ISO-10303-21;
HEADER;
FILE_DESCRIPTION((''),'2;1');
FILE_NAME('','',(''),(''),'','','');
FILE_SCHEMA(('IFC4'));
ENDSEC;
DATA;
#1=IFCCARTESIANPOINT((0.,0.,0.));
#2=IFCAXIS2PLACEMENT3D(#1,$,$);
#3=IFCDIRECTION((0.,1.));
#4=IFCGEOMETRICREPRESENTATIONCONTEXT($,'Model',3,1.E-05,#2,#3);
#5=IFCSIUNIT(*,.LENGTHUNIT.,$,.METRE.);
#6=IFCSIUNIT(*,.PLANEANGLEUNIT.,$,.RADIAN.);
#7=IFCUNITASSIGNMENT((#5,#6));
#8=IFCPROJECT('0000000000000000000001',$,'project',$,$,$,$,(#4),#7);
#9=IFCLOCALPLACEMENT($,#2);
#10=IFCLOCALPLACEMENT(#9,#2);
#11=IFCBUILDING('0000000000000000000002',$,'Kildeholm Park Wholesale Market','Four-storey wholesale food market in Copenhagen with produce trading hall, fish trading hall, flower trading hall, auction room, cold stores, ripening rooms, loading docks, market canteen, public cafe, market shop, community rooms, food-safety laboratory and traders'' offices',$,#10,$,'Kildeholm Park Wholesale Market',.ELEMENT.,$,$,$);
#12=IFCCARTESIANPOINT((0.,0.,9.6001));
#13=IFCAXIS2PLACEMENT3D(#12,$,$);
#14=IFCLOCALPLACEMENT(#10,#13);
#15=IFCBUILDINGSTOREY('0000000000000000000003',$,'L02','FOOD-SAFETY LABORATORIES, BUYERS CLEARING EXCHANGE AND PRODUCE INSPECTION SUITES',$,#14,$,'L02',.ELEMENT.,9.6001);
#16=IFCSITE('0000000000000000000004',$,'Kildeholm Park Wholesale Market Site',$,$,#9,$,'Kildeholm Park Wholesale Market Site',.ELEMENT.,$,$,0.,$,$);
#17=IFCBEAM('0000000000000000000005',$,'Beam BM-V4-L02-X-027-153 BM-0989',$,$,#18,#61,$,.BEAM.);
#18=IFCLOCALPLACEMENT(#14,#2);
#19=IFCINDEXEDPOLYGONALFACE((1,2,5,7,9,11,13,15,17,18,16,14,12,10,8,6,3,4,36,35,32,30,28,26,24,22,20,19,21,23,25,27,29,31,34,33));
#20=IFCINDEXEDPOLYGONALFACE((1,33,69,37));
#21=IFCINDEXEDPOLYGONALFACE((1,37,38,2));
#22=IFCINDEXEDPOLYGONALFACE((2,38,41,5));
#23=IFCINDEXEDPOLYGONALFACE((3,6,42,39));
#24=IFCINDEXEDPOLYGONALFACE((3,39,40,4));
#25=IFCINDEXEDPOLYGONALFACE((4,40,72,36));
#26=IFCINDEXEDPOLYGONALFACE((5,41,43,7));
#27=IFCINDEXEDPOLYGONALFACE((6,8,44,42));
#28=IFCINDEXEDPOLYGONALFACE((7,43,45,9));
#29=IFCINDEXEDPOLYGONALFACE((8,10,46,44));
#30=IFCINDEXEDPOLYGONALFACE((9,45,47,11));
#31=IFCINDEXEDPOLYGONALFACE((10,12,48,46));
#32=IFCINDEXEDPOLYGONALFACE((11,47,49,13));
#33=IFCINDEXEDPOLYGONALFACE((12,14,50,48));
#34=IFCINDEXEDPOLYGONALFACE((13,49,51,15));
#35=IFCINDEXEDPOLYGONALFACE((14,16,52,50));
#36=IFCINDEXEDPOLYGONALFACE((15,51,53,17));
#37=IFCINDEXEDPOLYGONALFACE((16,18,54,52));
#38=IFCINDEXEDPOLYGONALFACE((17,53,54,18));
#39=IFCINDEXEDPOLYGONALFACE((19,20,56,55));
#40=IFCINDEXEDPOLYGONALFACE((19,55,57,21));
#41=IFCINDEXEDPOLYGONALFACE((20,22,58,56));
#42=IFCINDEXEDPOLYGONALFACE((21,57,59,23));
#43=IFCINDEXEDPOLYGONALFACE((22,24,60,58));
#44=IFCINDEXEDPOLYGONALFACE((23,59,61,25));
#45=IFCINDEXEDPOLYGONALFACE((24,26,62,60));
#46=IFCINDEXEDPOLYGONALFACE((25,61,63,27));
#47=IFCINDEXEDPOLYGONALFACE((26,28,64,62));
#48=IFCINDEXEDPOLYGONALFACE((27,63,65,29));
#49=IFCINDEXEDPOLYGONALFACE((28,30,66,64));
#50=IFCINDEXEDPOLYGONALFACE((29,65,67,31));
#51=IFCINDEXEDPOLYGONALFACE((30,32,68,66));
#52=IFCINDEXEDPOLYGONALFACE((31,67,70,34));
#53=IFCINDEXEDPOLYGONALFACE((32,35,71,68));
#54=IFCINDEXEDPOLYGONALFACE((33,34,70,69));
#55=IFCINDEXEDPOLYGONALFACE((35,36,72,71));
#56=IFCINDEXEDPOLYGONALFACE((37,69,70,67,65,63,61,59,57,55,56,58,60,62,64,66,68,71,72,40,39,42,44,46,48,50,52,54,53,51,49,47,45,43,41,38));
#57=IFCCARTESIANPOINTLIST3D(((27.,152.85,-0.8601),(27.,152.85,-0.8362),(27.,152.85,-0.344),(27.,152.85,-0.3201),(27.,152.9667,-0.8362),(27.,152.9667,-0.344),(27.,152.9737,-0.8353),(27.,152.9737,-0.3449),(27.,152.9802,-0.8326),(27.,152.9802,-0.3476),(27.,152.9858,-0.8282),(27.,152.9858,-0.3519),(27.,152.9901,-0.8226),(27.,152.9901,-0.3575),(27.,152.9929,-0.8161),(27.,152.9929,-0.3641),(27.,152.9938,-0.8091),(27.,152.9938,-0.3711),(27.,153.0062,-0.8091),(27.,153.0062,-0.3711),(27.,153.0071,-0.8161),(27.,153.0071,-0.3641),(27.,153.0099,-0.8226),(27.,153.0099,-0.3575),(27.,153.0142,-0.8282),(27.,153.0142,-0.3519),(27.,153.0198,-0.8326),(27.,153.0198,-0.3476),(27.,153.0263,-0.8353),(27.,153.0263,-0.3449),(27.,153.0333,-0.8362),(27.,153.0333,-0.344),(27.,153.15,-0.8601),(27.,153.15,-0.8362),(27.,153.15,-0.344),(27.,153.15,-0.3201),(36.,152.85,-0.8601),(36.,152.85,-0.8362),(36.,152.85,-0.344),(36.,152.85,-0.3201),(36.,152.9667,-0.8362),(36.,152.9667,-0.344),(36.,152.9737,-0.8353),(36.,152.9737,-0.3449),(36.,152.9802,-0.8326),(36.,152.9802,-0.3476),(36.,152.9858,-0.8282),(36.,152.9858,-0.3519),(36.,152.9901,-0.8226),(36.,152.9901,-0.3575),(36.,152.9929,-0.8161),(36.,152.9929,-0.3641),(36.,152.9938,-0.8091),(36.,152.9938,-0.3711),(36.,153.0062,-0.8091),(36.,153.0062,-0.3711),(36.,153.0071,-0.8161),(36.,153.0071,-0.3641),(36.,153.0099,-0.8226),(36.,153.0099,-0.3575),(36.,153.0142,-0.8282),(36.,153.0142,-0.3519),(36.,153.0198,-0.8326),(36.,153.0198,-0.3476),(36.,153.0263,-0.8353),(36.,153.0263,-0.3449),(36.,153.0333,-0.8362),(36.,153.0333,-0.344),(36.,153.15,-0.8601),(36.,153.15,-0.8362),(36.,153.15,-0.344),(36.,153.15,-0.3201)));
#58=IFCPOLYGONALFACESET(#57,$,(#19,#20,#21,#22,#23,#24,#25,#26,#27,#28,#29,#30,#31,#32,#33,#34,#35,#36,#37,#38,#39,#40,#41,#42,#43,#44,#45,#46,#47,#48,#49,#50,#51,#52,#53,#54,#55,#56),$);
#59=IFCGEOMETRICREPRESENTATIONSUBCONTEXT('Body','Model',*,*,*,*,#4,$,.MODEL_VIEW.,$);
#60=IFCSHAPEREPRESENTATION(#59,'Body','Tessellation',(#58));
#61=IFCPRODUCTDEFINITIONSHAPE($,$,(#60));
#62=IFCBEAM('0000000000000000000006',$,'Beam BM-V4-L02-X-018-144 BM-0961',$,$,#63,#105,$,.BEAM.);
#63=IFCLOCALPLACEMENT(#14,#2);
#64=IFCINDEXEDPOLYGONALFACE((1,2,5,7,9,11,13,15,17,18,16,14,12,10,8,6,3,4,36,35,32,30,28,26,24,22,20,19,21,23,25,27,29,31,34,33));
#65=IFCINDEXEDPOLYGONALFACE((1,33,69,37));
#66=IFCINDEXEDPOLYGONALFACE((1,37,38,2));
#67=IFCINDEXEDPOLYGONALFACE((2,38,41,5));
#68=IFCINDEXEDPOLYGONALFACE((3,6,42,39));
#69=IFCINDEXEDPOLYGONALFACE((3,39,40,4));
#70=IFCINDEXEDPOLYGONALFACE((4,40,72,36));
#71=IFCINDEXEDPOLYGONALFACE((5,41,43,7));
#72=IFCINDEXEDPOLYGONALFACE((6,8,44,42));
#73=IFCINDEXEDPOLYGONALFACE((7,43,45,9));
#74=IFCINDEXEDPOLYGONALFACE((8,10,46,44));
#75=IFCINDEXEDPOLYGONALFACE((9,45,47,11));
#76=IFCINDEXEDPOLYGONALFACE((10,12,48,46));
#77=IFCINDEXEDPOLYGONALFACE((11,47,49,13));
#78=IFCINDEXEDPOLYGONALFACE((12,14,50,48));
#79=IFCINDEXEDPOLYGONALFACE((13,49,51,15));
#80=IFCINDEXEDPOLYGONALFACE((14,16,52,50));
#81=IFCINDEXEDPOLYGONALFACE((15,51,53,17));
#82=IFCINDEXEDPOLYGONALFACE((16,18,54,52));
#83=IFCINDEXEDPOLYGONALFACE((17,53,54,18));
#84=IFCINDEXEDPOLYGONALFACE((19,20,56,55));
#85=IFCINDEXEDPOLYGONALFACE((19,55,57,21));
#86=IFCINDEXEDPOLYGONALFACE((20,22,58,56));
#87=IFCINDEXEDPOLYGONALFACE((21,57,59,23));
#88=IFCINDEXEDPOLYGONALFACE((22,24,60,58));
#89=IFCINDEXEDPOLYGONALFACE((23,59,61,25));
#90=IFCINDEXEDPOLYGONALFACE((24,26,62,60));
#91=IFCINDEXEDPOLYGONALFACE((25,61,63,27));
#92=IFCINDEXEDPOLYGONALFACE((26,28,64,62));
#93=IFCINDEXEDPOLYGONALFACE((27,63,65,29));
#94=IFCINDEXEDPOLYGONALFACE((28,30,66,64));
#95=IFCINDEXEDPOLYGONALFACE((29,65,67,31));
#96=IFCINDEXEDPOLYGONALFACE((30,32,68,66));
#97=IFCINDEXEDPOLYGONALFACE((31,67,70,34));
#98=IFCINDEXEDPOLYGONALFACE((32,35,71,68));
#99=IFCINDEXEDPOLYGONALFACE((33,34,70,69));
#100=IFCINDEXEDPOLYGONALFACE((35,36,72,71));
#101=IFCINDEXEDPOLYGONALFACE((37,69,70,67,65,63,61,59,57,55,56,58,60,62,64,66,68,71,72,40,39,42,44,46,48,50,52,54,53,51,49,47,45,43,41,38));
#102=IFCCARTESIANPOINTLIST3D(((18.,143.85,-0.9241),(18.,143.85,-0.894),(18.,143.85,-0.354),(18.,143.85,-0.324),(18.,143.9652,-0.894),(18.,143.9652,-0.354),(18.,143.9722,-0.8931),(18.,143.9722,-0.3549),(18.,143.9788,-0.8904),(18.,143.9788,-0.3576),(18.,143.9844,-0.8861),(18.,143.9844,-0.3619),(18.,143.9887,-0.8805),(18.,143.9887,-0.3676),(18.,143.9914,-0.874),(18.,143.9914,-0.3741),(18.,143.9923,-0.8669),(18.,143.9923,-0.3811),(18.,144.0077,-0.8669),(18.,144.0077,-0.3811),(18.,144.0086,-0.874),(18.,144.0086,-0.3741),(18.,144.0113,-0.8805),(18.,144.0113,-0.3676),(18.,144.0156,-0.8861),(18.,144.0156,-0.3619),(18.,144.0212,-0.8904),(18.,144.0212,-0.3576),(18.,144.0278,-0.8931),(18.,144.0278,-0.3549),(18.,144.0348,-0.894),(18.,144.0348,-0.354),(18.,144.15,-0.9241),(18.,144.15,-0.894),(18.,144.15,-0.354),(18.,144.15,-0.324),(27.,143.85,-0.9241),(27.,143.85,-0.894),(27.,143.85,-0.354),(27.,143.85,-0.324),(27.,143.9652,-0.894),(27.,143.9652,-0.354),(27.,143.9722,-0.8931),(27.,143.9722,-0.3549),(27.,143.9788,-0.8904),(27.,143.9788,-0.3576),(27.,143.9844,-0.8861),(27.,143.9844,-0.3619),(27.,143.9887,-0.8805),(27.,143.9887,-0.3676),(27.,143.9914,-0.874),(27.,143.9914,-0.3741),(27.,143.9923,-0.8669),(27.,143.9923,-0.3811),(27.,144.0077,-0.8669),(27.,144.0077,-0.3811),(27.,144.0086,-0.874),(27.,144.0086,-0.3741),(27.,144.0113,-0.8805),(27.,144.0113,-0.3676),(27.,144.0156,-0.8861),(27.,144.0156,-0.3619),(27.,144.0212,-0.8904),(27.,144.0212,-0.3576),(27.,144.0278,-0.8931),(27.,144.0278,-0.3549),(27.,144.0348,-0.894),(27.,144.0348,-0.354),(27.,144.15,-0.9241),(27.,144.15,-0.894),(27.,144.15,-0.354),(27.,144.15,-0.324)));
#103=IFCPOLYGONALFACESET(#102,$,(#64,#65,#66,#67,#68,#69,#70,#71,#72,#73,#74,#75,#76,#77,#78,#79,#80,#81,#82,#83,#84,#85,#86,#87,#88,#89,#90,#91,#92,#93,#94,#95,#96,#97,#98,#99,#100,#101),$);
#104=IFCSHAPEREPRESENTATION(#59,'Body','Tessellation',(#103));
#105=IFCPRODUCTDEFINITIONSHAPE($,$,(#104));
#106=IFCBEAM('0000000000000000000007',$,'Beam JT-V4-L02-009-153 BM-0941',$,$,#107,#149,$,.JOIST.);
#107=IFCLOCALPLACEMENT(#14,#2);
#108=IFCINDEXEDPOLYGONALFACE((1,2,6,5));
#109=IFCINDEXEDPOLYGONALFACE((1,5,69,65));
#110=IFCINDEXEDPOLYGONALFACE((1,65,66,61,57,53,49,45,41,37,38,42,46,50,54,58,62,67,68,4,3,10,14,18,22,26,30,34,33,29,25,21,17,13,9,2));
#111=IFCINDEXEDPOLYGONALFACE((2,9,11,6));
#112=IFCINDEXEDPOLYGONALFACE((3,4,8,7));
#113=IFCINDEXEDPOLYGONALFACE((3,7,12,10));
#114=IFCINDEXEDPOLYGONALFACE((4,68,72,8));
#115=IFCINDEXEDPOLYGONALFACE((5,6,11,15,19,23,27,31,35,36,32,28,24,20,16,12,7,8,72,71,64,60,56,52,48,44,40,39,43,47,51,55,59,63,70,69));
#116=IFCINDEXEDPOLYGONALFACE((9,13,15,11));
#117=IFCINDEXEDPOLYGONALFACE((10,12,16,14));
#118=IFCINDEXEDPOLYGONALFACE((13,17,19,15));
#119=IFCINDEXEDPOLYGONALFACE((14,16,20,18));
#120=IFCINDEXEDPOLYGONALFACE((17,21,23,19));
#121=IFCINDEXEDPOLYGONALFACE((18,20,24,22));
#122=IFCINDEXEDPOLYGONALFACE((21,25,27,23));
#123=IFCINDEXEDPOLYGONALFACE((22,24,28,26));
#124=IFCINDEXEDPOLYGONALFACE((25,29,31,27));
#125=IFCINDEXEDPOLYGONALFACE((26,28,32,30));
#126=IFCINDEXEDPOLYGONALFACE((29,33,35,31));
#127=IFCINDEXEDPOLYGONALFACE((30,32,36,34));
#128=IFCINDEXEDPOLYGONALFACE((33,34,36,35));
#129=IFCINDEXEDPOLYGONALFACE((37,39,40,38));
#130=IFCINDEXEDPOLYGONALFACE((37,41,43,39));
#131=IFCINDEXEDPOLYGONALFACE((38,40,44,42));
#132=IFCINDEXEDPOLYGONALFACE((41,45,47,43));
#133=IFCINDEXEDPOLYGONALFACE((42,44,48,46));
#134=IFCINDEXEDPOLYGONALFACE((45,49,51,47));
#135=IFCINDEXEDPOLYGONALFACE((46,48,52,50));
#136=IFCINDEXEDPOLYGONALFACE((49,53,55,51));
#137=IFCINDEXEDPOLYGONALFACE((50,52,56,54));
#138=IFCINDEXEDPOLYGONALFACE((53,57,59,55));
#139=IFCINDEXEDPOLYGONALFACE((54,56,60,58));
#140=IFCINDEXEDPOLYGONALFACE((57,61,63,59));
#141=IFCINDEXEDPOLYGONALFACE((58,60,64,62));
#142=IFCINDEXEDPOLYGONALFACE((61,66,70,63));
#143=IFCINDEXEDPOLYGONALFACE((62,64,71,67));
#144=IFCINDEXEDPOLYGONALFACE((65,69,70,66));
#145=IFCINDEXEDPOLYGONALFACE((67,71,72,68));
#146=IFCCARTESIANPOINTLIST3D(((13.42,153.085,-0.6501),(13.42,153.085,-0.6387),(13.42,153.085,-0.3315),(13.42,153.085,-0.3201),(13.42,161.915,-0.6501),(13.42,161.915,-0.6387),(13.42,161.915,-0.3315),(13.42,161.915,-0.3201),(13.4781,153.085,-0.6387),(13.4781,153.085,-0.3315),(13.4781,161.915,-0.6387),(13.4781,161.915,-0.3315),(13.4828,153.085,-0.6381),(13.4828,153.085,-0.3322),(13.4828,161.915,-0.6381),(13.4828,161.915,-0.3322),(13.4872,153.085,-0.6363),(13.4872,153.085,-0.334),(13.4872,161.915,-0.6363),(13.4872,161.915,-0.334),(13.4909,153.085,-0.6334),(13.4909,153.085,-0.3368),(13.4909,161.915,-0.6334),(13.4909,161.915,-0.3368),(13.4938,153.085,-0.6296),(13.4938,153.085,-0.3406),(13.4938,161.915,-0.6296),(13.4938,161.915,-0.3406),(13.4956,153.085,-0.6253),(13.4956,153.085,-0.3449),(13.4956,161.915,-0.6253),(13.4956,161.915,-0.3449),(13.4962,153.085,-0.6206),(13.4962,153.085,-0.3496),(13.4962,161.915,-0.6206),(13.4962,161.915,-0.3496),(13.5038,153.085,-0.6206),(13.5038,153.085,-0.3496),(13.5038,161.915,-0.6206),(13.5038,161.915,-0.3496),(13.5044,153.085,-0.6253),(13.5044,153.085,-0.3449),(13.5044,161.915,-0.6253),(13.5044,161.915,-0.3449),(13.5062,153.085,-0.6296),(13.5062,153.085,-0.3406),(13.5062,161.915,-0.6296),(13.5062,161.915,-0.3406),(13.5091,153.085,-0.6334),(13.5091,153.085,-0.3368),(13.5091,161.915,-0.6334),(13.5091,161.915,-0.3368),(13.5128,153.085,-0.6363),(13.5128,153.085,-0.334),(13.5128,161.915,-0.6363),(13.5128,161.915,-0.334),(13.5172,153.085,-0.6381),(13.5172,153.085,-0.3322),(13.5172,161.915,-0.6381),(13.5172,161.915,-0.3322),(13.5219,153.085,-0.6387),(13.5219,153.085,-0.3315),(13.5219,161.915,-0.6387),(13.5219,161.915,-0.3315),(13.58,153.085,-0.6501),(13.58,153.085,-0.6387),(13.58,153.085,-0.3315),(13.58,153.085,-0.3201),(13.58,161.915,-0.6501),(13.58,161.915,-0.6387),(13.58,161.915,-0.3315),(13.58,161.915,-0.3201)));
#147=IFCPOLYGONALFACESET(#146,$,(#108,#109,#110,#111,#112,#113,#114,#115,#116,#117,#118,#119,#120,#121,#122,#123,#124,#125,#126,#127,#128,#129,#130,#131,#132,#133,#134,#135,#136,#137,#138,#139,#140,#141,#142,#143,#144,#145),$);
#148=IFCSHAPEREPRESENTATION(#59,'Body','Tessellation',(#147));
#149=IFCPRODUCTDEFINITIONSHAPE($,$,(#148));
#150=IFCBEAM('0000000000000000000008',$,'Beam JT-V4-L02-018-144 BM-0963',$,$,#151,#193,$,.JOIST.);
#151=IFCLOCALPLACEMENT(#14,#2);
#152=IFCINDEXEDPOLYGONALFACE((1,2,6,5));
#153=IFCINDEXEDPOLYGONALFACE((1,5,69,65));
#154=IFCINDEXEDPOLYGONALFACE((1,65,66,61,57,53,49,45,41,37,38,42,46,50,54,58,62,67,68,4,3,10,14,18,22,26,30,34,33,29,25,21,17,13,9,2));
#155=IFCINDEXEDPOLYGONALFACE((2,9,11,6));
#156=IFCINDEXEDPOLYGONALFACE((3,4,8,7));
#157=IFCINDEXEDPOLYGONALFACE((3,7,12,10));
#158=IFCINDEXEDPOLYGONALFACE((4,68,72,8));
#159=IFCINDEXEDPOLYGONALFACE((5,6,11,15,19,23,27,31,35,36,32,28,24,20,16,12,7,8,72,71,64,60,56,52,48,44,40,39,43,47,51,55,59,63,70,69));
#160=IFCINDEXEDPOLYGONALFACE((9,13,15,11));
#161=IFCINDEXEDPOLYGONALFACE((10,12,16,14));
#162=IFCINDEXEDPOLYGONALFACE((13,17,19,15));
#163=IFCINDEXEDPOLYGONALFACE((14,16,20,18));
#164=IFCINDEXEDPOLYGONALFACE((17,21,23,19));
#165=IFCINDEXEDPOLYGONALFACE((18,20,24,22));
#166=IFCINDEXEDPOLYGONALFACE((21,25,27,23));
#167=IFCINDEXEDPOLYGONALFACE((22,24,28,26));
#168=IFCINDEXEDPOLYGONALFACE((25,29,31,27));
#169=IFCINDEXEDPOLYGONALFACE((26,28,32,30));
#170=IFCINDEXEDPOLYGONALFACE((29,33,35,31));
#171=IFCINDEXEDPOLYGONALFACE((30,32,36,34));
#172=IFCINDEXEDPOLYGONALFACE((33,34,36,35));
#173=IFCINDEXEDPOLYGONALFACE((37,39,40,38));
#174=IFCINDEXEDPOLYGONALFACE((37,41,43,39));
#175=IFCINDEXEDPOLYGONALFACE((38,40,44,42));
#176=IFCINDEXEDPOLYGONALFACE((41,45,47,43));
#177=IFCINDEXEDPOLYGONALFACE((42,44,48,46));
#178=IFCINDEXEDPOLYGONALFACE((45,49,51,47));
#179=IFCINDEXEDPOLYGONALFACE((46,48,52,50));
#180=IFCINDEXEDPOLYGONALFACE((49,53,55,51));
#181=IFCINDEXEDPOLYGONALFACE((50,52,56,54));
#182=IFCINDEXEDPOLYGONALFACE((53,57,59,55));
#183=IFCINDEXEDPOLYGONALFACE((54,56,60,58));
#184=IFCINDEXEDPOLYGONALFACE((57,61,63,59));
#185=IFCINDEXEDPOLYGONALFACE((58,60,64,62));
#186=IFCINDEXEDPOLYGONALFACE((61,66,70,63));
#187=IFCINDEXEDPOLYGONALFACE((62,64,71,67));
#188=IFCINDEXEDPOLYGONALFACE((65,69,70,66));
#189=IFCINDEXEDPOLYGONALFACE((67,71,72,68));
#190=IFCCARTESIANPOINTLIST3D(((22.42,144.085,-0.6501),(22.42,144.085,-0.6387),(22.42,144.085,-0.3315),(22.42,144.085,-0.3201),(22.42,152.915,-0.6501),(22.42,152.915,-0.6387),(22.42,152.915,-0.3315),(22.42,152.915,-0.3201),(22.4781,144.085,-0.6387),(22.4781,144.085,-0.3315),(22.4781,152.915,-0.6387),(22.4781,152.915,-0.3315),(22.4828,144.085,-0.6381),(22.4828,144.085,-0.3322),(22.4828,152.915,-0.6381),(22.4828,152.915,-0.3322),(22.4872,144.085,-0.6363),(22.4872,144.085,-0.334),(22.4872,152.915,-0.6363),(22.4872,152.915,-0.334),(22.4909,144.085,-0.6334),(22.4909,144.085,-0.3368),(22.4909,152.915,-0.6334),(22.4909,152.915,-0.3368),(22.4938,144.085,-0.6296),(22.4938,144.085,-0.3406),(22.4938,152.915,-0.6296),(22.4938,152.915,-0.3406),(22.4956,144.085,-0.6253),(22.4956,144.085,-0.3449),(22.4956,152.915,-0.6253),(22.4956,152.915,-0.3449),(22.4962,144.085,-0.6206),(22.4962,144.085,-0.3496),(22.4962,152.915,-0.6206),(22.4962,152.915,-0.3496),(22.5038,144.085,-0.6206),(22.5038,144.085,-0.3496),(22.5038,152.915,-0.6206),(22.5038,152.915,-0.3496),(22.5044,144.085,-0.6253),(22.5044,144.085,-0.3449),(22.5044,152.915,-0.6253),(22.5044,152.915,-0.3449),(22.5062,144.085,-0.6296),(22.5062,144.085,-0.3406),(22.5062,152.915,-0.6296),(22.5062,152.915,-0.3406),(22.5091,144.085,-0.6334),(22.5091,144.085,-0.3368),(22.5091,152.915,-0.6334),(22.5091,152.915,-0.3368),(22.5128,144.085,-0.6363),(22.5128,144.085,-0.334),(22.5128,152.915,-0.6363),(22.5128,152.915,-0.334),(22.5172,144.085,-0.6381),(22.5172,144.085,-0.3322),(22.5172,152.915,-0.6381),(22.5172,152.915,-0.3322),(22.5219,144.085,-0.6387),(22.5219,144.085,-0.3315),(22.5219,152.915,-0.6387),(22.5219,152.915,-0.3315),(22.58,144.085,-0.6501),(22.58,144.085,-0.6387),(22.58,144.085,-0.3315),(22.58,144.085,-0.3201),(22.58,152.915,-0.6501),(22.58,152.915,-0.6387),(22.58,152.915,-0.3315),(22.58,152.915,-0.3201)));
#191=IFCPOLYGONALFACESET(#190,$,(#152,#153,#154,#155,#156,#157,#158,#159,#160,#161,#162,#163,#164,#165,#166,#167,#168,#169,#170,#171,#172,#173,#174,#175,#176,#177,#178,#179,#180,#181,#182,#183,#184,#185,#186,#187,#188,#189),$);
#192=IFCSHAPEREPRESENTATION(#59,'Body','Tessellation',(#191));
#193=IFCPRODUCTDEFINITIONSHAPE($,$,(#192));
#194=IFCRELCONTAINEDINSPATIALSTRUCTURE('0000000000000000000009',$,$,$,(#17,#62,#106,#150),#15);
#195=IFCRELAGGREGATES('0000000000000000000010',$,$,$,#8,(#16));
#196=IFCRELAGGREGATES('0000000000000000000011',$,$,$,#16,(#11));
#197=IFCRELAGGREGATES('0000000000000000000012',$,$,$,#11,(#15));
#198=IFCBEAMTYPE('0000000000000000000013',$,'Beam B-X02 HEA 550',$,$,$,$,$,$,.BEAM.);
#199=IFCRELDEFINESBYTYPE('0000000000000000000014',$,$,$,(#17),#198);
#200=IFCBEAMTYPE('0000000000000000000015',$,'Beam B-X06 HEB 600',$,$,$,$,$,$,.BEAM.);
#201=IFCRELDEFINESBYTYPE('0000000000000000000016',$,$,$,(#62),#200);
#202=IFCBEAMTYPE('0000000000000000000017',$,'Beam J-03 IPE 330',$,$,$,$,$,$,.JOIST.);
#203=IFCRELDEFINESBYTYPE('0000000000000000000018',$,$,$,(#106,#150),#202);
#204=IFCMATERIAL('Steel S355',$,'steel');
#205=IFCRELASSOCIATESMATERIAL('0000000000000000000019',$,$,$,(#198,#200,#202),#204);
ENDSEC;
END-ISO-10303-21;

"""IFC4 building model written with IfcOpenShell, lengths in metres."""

from ifc_helpers import new_model, si_unit, direction, frame, origin, origin_2d, place, context, subcontext, project, spatial, i_section, extrude, material, material_profile, profile_set, type_object, element, save


model = new_model("IFC4")

# Units and contexts
model_context = context("Model", 3, precision=1e-05, world=origin(), true_north=direction((0.0, 1.0)))
body_context = subcontext(model_context, "Body", "Model", "MODEL_VIEW")
ifc_project = project(units=[si_unit("LENGTHUNIT", "METRE"), si_unit("PLANEANGLEUNIT", "RADIAN")], contexts=[model_context])

# Site, building, storey
site_placement = place(None, origin())
site = spatial("IfcSite", under=ifc_project, at=site_placement, Name="Kildeholm Park Wholesale Market Site", LongName="Kildeholm Park Wholesale Market Site", CompositionType="ELEMENT", RefElevation=0.0)
building_placement = place(site_placement, origin())
building = spatial("IfcBuilding", under=site, at=building_placement, Name="Kildeholm Park Wholesale Market", Description="Four-storey wholesale food market in Copenhagen with produce trading hall, fish trading hall, flower trading hall, auction room, cold stores, ripening rooms, loading docks, market canteen, public cafe, market shop, community rooms, food-safety laboratory and traders' offices", LongName="Kildeholm Park Wholesale Market", CompositionType="ELEMENT")
storey_placement = place(building_placement, frame((0.0, 0.0, 9.6001)))
storey = spatial("IfcBuildingStorey", under=building, at=storey_placement, Name="L02", Description="FOOD-SAFETY LABORATORIES, BUYERS CLEARING EXCHANGE AND PRODUCE INSPECTION SUITES", LongName="L02", CompositionType="ELEMENT", Elevation=9.6001)

# Beams
ifc_material_1 = material(Name="Steel S355", Category="steel")
ifc_material_profile_1 = material_profile(ifc_material_1, i_section(OverallWidth=0.3, OverallDepth=0.54, WebThickness=0.0125, FlangeThickness=0.0239, FilletRadius=0.0271, at=origin_2d()), Name="HEA 550")
ifc_profile_set_1 = profile_set([ifc_material_profile_1], Name="Steel S355")
beam_type_1 = type_object("IfcBeamType", Name="Beam B-X02 HEA 550", PredefinedType="BEAM", material=ifc_profile_set_1)
for number, where, z_axis, x_axis, name in (
    (1, (27.0, 153.0, -0.5901), (1.0, 0.0, 0.0), (0.0, 1.0, 0.0), "Beam BM-V4-L02-X-027-153 BM-0989"),
):
    element("IfcBeam", number, at=place(storey_placement, frame(where, z_axis=z_axis, x_axis=x_axis)), inside=storey, type_object=beam_type_1, Name=name, PredefinedType="BEAM", context=body_context, shape_type="SweptSolid", body=[
        extrude(i_section(OverallWidth=0.3, OverallDepth=0.54, WebThickness=0.0125, FlangeThickness=0.0239, FilletRadius=0.0271, at=origin_2d()), origin(), (0.0, 0.0, 1.0), 9.0),
    ])
ifc_material_profile_2 = material_profile(ifc_material_1, i_section(OverallWidth=0.3, OverallDepth=0.6001, WebThickness=0.0154, FlangeThickness=0.03, FilletRadius=0.0271, at=origin_2d()), Name="HEB 600")
ifc_profile_set_2 = profile_set([ifc_material_profile_2], Name="Steel S355")
beam_type_2 = type_object("IfcBeamType", Name="Beam B-X06 HEB 600", PredefinedType="BEAM", material=ifc_profile_set_2)
beam_1_placement = place(storey_placement, frame((18.0, 144.0, -0.624), z_axis=(1.0, 0.0, 0.0), x_axis=(0.0, 1.0, 0.0)))
element("IfcBeam", 2, at=beam_1_placement, inside=storey, type_object=beam_type_2, Name="Beam BM-V4-L02-X-018-144 BM-0961", PredefinedType="BEAM", context=body_context, shape_type="SweptSolid", body=[
    extrude(i_section(OverallWidth=0.3, OverallDepth=0.6001, WebThickness=0.0154, FlangeThickness=0.03, FilletRadius=0.0271, at=origin_2d()), origin(), (0.0, 0.0, 1.0), 9.0),
])
ifc_material_profile_3 = material_profile(ifc_material_1, i_section(OverallWidth=0.1599, OverallDepth=0.3301, WebThickness=0.0076, FlangeThickness=0.0115, FilletRadius=0.0181, at=origin_2d()), Name="IPE 330")
ifc_profile_set_3 = profile_set([ifc_material_profile_3], Name="Steel S355")
beam_type_3 = type_object("IfcBeamType", Name="Beam J-03 IPE 330", PredefinedType="JOIST", material=ifc_profile_set_3)
for number, where, z_axis, x_axis, name in (
    (3, (13.5, 153.085, -0.4851), (0.0, 1.0, 0.0), (-1.0, 0.0, 0.0), "Beam JT-V4-L02-009-153 BM-0941"),
    (4, (22.5, 144.085, -0.4851), (0.0, 1.0, 0.0), (-1.0, 0.0, 0.0), "Beam JT-V4-L02-018-144 BM-0963"),
):
    element("IfcBeam", number, at=place(storey_placement, frame(where, z_axis=z_axis, x_axis=x_axis)), inside=storey, type_object=beam_type_3, Name=name, PredefinedType="JOIST", context=body_context, shape_type="SweptSolid", body=[
        extrude(i_section(OverallWidth=0.1599, OverallDepth=0.3301, WebThickness=0.0076, FlangeThickness=0.0115, FilletRadius=0.0181, at=origin_2d()), origin(), (0.0, 0.0, 1.0), 8.8301),
    ])

save(model, "model.ifc")
